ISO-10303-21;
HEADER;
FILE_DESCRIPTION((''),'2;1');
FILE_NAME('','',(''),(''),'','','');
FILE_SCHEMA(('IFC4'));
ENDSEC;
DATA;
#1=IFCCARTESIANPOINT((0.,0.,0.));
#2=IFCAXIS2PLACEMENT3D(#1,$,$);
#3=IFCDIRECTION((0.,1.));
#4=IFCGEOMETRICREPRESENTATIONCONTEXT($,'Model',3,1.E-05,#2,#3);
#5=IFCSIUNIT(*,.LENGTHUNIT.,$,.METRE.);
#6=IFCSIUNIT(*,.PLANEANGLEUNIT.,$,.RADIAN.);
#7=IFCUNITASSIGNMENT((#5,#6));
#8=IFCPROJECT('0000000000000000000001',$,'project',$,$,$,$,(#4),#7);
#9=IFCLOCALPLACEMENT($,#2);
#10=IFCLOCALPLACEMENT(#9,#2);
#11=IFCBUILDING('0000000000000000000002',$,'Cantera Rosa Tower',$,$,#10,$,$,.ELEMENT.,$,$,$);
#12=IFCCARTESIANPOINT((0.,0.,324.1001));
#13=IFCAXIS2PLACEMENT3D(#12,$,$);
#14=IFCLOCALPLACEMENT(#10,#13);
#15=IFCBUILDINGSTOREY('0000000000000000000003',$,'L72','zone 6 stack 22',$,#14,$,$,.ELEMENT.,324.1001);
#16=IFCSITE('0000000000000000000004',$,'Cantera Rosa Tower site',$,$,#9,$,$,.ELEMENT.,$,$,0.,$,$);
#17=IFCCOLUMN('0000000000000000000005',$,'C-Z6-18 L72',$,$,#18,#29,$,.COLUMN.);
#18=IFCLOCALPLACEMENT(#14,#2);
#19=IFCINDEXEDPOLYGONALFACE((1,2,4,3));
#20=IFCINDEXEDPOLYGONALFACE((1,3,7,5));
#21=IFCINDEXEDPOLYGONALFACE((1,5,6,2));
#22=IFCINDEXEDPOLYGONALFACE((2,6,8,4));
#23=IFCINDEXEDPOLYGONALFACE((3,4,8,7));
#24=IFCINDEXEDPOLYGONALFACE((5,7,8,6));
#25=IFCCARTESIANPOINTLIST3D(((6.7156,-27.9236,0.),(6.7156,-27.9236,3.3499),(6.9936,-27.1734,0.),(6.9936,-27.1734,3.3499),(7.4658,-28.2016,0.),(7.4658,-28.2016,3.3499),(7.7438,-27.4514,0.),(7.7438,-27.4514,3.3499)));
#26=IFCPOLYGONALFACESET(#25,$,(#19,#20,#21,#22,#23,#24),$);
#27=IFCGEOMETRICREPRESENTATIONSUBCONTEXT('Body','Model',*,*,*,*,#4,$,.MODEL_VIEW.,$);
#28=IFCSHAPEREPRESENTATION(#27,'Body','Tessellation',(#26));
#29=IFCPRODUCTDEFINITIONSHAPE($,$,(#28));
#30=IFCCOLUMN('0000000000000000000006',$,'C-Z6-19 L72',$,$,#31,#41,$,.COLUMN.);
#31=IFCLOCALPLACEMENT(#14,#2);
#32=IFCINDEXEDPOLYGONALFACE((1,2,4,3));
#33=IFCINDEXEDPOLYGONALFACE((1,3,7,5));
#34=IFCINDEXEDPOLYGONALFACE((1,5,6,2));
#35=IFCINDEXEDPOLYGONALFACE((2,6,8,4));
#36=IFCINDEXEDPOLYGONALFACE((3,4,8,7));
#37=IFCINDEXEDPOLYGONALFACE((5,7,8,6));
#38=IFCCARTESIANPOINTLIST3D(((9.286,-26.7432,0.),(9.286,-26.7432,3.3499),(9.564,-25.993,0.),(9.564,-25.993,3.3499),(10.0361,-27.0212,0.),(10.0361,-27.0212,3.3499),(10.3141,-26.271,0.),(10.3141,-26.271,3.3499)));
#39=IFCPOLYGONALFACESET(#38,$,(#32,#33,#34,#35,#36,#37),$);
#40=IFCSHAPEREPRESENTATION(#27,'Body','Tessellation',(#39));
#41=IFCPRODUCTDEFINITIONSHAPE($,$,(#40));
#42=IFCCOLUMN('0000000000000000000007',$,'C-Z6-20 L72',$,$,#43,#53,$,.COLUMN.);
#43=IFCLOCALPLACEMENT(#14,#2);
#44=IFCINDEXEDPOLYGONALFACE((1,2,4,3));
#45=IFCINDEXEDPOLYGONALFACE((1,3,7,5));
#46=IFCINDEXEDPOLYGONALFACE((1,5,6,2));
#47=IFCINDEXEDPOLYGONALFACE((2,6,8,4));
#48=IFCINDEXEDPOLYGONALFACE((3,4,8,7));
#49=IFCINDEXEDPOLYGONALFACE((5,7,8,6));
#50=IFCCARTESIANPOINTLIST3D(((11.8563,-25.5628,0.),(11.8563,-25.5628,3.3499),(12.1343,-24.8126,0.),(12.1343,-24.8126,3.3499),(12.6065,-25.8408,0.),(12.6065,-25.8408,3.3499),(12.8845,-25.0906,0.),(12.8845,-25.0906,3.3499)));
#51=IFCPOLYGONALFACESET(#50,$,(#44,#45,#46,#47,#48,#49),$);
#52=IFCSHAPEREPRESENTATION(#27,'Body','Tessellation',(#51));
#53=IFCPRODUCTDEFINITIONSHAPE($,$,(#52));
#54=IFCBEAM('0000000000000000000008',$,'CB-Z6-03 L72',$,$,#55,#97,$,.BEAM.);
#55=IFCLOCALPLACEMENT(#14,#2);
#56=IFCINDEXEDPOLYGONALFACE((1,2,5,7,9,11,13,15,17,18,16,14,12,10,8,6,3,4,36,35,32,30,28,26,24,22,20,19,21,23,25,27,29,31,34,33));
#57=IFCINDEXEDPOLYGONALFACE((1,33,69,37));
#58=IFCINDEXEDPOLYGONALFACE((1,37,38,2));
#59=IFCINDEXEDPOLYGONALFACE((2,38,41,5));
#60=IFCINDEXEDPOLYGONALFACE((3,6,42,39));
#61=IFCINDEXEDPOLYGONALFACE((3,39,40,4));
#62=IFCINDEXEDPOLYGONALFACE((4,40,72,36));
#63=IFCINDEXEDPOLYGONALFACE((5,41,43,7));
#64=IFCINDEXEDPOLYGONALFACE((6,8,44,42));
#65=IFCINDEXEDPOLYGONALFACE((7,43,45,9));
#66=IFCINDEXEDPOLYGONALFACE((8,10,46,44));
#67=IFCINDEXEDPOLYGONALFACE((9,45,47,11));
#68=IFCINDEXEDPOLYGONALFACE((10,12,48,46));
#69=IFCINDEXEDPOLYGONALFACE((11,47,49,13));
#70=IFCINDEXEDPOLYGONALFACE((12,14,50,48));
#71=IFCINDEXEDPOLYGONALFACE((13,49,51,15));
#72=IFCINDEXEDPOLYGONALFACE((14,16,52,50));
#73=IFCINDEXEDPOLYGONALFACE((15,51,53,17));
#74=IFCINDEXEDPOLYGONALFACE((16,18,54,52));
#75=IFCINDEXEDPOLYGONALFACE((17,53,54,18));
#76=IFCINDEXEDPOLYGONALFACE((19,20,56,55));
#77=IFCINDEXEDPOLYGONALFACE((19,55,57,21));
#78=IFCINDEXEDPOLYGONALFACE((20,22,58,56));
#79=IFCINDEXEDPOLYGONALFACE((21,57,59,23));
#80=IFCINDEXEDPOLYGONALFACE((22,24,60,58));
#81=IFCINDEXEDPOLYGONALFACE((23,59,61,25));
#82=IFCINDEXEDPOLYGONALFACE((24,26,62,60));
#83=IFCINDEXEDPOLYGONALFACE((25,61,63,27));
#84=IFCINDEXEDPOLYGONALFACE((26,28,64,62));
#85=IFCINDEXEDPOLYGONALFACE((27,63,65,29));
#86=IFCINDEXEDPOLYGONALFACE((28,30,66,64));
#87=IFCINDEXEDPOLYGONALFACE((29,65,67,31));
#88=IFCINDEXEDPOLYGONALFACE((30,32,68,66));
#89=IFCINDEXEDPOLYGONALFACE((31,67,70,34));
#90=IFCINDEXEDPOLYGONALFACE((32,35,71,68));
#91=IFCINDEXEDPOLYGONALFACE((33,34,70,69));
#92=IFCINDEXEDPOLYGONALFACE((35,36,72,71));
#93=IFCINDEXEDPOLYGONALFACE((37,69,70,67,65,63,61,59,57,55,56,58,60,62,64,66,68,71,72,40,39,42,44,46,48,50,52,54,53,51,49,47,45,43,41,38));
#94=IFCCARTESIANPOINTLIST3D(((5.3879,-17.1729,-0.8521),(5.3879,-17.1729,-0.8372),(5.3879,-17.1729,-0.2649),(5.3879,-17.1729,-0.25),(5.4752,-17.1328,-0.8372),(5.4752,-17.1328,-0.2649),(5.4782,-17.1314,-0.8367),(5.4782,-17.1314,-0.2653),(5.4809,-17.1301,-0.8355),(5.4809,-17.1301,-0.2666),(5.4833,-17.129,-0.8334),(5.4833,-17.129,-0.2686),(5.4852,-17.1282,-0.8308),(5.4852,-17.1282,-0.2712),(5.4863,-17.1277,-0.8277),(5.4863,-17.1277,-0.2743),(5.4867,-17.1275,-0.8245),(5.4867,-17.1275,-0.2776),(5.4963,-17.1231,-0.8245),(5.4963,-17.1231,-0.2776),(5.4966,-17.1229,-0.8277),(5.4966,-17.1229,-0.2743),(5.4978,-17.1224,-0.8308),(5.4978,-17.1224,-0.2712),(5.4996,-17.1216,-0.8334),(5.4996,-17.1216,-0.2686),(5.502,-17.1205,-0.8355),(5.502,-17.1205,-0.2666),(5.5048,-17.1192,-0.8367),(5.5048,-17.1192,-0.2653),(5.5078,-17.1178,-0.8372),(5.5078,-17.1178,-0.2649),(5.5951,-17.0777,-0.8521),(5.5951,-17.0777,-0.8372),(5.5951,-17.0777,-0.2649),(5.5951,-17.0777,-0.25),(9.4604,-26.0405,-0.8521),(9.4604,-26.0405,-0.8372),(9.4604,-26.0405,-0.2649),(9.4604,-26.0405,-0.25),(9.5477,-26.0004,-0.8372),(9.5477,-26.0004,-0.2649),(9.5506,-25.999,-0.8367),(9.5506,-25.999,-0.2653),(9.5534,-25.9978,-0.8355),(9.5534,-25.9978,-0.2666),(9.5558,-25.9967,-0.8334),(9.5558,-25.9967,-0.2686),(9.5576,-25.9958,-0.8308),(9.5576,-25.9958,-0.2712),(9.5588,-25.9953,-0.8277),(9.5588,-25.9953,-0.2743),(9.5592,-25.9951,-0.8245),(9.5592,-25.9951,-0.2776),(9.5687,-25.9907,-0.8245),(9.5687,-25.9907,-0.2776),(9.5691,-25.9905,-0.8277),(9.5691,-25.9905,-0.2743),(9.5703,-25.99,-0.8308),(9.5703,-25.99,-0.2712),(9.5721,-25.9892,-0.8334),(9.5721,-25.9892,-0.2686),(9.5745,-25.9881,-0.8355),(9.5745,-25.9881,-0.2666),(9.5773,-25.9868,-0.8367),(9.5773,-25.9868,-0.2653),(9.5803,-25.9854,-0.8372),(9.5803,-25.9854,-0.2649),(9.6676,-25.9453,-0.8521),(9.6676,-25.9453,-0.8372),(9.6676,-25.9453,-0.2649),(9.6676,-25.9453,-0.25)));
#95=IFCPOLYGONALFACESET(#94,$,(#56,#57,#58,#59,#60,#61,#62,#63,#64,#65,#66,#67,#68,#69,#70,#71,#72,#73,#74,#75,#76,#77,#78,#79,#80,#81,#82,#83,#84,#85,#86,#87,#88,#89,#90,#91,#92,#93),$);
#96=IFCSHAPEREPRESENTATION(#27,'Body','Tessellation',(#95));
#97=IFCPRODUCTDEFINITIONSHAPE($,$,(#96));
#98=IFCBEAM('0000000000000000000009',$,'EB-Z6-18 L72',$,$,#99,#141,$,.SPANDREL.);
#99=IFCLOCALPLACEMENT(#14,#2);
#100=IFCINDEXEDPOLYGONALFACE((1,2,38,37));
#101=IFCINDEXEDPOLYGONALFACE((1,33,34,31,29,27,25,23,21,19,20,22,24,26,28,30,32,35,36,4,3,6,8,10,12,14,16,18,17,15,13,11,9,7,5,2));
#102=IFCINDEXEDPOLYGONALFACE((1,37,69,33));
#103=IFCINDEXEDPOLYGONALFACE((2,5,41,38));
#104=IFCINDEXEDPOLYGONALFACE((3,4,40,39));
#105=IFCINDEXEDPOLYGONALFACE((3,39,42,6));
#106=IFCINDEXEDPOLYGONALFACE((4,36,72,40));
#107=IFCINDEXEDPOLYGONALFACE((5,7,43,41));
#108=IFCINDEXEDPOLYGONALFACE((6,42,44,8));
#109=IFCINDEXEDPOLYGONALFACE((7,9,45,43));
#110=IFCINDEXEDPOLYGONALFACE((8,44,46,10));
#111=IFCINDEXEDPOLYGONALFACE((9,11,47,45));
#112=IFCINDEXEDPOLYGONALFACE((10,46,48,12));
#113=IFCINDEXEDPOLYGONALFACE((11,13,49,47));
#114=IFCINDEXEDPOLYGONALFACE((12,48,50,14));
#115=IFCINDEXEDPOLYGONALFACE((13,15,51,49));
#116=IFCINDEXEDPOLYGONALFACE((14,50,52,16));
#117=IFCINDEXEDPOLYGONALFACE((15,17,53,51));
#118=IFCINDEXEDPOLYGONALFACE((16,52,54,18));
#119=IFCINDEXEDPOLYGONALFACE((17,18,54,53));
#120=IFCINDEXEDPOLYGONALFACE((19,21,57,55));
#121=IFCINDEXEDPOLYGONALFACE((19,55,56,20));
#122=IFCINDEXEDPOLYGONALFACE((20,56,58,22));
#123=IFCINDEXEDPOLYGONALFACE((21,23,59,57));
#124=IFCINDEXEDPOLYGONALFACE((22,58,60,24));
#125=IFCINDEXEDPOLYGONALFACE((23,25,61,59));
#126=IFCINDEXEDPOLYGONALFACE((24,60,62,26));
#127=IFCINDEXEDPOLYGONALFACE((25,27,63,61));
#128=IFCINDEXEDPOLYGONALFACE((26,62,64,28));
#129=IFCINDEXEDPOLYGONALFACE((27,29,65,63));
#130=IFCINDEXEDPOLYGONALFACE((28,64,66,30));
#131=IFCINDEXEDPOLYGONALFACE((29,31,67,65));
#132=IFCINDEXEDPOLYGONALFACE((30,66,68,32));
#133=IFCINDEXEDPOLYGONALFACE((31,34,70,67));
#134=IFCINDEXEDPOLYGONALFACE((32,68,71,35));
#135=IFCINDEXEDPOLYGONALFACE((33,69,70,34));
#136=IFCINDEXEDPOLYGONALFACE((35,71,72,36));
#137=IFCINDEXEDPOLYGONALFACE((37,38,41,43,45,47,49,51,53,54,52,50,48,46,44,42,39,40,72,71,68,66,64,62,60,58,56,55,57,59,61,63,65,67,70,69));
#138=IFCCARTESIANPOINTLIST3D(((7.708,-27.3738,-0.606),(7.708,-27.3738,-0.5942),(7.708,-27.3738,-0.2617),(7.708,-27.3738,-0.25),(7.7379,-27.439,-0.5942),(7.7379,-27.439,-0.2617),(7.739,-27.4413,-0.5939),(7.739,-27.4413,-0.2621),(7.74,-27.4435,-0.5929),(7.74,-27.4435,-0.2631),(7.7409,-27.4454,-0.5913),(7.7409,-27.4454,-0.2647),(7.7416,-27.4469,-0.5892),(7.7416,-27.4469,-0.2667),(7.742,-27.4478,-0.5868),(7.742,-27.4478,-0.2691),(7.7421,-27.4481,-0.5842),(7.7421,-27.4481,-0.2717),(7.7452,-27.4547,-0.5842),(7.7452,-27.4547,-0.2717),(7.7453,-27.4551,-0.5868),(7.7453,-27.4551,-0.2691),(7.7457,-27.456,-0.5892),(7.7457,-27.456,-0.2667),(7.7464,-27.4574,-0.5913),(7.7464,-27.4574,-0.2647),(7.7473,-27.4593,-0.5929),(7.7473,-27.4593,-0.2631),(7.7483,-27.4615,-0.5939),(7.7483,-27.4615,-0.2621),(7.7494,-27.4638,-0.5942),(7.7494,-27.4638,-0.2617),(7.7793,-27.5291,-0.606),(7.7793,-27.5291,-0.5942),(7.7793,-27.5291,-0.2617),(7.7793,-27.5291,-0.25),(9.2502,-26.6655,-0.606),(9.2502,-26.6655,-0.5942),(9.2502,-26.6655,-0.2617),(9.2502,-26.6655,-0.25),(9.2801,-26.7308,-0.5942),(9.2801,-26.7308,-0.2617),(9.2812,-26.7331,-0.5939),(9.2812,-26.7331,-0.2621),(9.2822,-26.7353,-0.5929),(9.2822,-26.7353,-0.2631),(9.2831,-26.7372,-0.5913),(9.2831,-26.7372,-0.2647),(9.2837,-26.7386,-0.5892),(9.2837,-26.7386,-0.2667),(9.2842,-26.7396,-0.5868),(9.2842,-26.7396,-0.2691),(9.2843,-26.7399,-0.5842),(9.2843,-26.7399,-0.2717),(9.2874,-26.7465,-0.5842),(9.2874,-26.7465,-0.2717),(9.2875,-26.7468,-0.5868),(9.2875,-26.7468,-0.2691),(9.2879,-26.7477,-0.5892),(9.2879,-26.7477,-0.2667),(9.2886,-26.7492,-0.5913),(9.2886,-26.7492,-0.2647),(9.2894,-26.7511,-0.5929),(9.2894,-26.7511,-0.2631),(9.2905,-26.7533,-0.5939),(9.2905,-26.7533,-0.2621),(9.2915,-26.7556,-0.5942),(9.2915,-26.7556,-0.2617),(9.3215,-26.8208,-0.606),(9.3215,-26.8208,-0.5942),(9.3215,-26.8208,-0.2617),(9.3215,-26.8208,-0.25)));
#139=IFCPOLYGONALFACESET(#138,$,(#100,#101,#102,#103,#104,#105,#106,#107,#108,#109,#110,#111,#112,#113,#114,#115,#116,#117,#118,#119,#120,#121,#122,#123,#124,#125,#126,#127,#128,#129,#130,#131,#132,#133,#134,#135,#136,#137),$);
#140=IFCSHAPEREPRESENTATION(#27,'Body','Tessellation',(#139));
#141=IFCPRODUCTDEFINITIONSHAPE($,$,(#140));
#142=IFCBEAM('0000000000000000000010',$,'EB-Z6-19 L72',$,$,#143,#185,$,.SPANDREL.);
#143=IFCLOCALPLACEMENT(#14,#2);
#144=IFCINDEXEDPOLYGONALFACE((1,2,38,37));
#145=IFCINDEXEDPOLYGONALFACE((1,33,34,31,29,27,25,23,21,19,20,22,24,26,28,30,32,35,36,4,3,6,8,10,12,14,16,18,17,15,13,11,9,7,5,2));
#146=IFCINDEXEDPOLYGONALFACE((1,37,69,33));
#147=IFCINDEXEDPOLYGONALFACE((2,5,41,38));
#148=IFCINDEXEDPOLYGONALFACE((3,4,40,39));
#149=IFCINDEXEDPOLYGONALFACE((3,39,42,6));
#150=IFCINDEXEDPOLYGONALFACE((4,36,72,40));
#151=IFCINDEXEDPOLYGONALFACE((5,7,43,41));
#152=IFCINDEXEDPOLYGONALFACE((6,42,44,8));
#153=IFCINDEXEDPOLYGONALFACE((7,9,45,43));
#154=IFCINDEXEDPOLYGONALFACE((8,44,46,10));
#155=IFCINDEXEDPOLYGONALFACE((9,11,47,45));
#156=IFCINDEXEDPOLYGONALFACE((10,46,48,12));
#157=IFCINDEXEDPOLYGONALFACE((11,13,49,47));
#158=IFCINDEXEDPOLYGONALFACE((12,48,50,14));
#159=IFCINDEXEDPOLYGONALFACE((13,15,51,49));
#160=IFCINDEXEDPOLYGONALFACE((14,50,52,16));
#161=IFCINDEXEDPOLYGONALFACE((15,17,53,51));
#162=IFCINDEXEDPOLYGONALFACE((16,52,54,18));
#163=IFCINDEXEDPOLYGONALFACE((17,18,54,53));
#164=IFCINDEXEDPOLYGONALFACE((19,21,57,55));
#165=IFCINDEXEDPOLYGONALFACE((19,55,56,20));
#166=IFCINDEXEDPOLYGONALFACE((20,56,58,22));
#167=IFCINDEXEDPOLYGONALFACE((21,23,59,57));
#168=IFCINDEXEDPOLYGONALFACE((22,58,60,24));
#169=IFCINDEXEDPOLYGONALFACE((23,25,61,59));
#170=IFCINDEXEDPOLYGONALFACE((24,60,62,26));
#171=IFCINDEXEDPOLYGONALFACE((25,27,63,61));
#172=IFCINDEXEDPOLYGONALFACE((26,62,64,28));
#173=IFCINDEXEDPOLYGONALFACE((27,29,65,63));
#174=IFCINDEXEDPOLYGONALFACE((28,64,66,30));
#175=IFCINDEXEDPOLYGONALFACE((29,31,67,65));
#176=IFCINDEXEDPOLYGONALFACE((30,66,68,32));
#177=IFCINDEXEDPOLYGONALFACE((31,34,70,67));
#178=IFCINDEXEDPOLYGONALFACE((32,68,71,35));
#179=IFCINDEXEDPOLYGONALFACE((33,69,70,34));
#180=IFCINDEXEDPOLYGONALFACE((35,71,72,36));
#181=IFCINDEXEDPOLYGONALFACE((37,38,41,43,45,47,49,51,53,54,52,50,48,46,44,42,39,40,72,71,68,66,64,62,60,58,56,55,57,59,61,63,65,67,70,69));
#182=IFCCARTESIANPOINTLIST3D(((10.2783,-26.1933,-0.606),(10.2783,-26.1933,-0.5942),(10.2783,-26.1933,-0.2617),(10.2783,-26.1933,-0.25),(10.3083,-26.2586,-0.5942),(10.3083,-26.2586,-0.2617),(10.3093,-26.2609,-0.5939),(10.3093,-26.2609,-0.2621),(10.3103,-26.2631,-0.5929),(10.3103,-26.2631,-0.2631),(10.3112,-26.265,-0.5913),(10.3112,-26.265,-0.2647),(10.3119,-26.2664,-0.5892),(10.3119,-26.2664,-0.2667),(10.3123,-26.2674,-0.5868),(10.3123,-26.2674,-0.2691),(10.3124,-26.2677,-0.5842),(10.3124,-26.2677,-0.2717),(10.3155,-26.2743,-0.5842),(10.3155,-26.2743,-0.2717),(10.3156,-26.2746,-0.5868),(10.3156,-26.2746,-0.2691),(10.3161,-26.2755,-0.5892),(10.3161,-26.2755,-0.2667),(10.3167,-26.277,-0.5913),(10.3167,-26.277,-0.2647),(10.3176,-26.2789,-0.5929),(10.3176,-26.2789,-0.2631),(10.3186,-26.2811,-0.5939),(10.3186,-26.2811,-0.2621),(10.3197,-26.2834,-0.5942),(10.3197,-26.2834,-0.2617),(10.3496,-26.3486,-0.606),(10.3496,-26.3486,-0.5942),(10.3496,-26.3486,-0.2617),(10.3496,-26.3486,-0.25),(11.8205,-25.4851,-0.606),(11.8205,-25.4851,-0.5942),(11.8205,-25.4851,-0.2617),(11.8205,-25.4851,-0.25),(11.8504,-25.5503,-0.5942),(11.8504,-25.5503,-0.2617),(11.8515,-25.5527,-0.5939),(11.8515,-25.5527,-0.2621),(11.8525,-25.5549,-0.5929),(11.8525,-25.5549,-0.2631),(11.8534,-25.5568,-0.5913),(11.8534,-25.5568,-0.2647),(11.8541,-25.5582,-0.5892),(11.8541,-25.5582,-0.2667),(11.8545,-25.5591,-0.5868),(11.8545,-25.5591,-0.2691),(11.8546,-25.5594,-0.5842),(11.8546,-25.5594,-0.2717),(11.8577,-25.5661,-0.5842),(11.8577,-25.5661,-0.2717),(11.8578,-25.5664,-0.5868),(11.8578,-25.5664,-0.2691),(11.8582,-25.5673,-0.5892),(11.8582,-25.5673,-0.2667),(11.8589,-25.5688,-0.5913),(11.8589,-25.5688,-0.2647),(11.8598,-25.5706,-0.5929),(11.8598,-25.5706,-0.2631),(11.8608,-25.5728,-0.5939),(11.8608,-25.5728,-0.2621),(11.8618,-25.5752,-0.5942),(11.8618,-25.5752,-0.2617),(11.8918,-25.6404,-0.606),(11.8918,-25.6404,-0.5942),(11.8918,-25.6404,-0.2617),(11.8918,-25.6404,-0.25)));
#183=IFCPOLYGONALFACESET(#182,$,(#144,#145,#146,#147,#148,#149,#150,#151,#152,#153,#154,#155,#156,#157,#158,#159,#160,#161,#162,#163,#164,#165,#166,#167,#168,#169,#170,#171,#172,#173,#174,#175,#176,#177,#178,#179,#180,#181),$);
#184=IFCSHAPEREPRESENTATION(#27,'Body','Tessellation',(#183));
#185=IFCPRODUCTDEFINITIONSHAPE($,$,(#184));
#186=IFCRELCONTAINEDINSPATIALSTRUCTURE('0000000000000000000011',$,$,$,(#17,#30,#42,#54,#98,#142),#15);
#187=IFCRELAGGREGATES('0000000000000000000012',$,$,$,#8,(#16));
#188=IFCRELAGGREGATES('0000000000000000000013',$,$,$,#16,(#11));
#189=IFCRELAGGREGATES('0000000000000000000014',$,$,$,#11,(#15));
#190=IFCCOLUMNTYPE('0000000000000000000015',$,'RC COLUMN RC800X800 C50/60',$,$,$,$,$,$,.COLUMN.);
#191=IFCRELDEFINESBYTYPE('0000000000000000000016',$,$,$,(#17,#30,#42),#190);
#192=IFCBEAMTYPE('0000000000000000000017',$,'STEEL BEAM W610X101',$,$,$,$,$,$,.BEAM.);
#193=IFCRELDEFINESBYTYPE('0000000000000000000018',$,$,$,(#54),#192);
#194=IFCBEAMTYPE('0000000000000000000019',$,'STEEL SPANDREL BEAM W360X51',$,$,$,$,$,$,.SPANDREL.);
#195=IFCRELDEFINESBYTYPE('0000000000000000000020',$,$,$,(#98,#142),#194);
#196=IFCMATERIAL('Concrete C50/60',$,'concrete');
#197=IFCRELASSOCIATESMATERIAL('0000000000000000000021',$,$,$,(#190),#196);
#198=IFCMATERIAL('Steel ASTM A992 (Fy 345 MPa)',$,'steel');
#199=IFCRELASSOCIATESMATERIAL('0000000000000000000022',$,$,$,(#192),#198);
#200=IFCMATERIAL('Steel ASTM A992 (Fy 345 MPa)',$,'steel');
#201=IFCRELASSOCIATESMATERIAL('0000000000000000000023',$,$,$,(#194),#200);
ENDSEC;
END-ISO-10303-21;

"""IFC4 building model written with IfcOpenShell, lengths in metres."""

from ifc_helpers import new_model, si_unit, direction, frame, origin, origin_2d, place, context, subcontext, project, spatial, rectangle, i_section, extrude, material, material_profile, profile_set, type_object, element, save


model = new_model("IFC4")

# Units and contexts
model_context = context("Model", 3, precision=1e-05, world=origin(), true_north=direction((0.0, 1.0)))
body_context = subcontext(model_context, "Body", "Model", "MODEL_VIEW")
ifc_project = project(units=[si_unit("LENGTHUNIT", "METRE"), si_unit("PLANEANGLEUNIT", "RADIAN")], contexts=[model_context])

# Site, building, storey
site_placement = place(None, origin())
site = spatial("IfcSite", under=ifc_project, at=site_placement, Name="Cantera Rosa Tower site", CompositionType="ELEMENT", RefElevation=0.0)
building_placement = place(site_placement, origin())
building = spatial("IfcBuilding", under=site, at=building_placement, Name="Cantera Rosa Tower", CompositionType="ELEMENT")
storey_placement = place(building_placement, frame((0.0, 0.0, 324.1001)))
storey = spatial("IfcBuildingStorey", under=building, at=storey_placement, Name="L72", Description="zone 6 stack 22", CompositionType="ELEMENT", Elevation=324.1001)

# Columns
ifc_material_1 = material(Name="Concrete C50/60", Category="concrete")
ifc_material_profile_1 = material_profile(ifc_material_1, rectangle(XDim=0.8, YDim=0.8, at=origin_2d()), Name="RC COLUMN RC800X800 C50/60")
ifc_profile_set_1 = profile_set([ifc_material_profile_1], Name="Concrete C50/60")
column_type = type_object("IfcColumnType", Name="RC COLUMN RC800X800 C50/60", PredefinedType="COLUMN", material=ifc_profile_set_1)
for number, where, z_axis, x_axis, name in (
    (1, (7.2297, -27.6875, 0.0), (0.0, 0.0, 1.0), (0.347481, 0.937687, 0.0), "C-Z6-18 L72"),
    (2, (9.8, -26.5071, 0.0), (0.0, 0.0, 1.0), (0.347481, 0.937687, 0.0), "C-Z6-19 L72"),
    (3, (12.3704, -25.3267, 0.0), (0.0, 0.0, 1.0), (0.347481, 0.937687, 0.0), "C-Z6-20 L72"),
):
    element("IfcColumn", number, at=place(storey_placement, frame(where, z_axis=z_axis, x_axis=x_axis)), inside=storey, type_object=column_type, Name=name, PredefinedType="COLUMN", context=body_context, shape_type="SweptSolid", body=[
        extrude(rectangle(XDim=0.8, YDim=0.8, at=origin_2d()), origin(), (0.0, 0.0, 1.0), 3.3499),
    ])

# Beams
ifc_material_2 = material(Name="Steel ASTM A992 (Fy 345 MPa)", Category="steel")
ifc_material_profile_2 = material_profile(ifc_material_2, i_section(OverallWidth=0.228, OverallDepth=0.6021, WebThickness=0.0105, FlangeThickness=0.0149, FilletRadius=0.0127, at=origin_2d()), Name="W610X101")
ifc_profile_set_2 = profile_set([ifc_material_profile_2], Name="Steel ASTM A992 (Fy 345 MPa)")
beam_type_1 = type_object("IfcBeamType", Name="STEEL BEAM W610X101", PredefinedType="BEAM", material=ifc_profile_set_2)
beam_1_placement = place(storey_placement, frame((9.564, -25.9929, -0.551), z_axis=(-0.417346, 0.908748, 0.0), x_axis=(-0.908748, -0.417346, 0.0)))
element("IfcBeam", 4, at=beam_1_placement, inside=storey, type_object=beam_type_1, Name="CB-Z6-03 L72", PredefinedType="BEAM", context=body_context, shape_type="SweptSolid", body=[
    extrude(i_section(OverallWidth=0.228, OverallDepth=0.6021, WebThickness=0.0105, FlangeThickness=0.0149, FilletRadius=0.0127, at=origin_2d()), origin(), (0.0, 0.0, 1.0), 9.7581),
])
ifc_material_3 = material(Name="Steel ASTM A992 (Fy 345 MPa)", Category="steel")
ifc_material_profile_3 = material_profile(ifc_material_3, i_section(OverallWidth=0.1709, OverallDepth=0.356, WebThickness=0.0073, FlangeThickness=0.0117, FilletRadius=0.01, at=origin_2d()), Name="W360X51")
ifc_profile_set_3 = profile_set([ifc_material_profile_3], Name="Steel ASTM A992 (Fy 345 MPa)")
beam_type_2 = type_object("IfcBeamType", Name="STEEL SPANDREL BEAM W360X51", PredefinedType="SPANDREL", material=ifc_profile_set_3)
for number, where, z_axis, x_axis, name in (
    (5, (7.7437, -27.4514, -0.428), (0.908754, 0.417333, 0.0), (-0.417333, 0.908754, 0.0), "EB-Z6-18 L72"),
    (6, (10.314, -26.271, -0.428), (0.908754, 0.417333, 0.0), (-0.417333, 0.908754, 0.0), "EB-Z6-19 L72"),
):
    element("IfcBeam", number, at=place(storey_placement, frame(where, z_axis=z_axis, x_axis=x_axis)), inside=storey, type_object=beam_type_2, Name=name, PredefinedType="SPANDREL", context=body_context, shape_type="SweptSolid", body=[
        extrude(i_section(OverallWidth=0.1709, OverallDepth=0.356, WebThickness=0.0073, FlangeThickness=0.0117, FilletRadius=0.01, at=origin_2d()), origin(), (0.0, 0.0, 1.0), 1.697),
    ])

save(model, "model.ifc")
